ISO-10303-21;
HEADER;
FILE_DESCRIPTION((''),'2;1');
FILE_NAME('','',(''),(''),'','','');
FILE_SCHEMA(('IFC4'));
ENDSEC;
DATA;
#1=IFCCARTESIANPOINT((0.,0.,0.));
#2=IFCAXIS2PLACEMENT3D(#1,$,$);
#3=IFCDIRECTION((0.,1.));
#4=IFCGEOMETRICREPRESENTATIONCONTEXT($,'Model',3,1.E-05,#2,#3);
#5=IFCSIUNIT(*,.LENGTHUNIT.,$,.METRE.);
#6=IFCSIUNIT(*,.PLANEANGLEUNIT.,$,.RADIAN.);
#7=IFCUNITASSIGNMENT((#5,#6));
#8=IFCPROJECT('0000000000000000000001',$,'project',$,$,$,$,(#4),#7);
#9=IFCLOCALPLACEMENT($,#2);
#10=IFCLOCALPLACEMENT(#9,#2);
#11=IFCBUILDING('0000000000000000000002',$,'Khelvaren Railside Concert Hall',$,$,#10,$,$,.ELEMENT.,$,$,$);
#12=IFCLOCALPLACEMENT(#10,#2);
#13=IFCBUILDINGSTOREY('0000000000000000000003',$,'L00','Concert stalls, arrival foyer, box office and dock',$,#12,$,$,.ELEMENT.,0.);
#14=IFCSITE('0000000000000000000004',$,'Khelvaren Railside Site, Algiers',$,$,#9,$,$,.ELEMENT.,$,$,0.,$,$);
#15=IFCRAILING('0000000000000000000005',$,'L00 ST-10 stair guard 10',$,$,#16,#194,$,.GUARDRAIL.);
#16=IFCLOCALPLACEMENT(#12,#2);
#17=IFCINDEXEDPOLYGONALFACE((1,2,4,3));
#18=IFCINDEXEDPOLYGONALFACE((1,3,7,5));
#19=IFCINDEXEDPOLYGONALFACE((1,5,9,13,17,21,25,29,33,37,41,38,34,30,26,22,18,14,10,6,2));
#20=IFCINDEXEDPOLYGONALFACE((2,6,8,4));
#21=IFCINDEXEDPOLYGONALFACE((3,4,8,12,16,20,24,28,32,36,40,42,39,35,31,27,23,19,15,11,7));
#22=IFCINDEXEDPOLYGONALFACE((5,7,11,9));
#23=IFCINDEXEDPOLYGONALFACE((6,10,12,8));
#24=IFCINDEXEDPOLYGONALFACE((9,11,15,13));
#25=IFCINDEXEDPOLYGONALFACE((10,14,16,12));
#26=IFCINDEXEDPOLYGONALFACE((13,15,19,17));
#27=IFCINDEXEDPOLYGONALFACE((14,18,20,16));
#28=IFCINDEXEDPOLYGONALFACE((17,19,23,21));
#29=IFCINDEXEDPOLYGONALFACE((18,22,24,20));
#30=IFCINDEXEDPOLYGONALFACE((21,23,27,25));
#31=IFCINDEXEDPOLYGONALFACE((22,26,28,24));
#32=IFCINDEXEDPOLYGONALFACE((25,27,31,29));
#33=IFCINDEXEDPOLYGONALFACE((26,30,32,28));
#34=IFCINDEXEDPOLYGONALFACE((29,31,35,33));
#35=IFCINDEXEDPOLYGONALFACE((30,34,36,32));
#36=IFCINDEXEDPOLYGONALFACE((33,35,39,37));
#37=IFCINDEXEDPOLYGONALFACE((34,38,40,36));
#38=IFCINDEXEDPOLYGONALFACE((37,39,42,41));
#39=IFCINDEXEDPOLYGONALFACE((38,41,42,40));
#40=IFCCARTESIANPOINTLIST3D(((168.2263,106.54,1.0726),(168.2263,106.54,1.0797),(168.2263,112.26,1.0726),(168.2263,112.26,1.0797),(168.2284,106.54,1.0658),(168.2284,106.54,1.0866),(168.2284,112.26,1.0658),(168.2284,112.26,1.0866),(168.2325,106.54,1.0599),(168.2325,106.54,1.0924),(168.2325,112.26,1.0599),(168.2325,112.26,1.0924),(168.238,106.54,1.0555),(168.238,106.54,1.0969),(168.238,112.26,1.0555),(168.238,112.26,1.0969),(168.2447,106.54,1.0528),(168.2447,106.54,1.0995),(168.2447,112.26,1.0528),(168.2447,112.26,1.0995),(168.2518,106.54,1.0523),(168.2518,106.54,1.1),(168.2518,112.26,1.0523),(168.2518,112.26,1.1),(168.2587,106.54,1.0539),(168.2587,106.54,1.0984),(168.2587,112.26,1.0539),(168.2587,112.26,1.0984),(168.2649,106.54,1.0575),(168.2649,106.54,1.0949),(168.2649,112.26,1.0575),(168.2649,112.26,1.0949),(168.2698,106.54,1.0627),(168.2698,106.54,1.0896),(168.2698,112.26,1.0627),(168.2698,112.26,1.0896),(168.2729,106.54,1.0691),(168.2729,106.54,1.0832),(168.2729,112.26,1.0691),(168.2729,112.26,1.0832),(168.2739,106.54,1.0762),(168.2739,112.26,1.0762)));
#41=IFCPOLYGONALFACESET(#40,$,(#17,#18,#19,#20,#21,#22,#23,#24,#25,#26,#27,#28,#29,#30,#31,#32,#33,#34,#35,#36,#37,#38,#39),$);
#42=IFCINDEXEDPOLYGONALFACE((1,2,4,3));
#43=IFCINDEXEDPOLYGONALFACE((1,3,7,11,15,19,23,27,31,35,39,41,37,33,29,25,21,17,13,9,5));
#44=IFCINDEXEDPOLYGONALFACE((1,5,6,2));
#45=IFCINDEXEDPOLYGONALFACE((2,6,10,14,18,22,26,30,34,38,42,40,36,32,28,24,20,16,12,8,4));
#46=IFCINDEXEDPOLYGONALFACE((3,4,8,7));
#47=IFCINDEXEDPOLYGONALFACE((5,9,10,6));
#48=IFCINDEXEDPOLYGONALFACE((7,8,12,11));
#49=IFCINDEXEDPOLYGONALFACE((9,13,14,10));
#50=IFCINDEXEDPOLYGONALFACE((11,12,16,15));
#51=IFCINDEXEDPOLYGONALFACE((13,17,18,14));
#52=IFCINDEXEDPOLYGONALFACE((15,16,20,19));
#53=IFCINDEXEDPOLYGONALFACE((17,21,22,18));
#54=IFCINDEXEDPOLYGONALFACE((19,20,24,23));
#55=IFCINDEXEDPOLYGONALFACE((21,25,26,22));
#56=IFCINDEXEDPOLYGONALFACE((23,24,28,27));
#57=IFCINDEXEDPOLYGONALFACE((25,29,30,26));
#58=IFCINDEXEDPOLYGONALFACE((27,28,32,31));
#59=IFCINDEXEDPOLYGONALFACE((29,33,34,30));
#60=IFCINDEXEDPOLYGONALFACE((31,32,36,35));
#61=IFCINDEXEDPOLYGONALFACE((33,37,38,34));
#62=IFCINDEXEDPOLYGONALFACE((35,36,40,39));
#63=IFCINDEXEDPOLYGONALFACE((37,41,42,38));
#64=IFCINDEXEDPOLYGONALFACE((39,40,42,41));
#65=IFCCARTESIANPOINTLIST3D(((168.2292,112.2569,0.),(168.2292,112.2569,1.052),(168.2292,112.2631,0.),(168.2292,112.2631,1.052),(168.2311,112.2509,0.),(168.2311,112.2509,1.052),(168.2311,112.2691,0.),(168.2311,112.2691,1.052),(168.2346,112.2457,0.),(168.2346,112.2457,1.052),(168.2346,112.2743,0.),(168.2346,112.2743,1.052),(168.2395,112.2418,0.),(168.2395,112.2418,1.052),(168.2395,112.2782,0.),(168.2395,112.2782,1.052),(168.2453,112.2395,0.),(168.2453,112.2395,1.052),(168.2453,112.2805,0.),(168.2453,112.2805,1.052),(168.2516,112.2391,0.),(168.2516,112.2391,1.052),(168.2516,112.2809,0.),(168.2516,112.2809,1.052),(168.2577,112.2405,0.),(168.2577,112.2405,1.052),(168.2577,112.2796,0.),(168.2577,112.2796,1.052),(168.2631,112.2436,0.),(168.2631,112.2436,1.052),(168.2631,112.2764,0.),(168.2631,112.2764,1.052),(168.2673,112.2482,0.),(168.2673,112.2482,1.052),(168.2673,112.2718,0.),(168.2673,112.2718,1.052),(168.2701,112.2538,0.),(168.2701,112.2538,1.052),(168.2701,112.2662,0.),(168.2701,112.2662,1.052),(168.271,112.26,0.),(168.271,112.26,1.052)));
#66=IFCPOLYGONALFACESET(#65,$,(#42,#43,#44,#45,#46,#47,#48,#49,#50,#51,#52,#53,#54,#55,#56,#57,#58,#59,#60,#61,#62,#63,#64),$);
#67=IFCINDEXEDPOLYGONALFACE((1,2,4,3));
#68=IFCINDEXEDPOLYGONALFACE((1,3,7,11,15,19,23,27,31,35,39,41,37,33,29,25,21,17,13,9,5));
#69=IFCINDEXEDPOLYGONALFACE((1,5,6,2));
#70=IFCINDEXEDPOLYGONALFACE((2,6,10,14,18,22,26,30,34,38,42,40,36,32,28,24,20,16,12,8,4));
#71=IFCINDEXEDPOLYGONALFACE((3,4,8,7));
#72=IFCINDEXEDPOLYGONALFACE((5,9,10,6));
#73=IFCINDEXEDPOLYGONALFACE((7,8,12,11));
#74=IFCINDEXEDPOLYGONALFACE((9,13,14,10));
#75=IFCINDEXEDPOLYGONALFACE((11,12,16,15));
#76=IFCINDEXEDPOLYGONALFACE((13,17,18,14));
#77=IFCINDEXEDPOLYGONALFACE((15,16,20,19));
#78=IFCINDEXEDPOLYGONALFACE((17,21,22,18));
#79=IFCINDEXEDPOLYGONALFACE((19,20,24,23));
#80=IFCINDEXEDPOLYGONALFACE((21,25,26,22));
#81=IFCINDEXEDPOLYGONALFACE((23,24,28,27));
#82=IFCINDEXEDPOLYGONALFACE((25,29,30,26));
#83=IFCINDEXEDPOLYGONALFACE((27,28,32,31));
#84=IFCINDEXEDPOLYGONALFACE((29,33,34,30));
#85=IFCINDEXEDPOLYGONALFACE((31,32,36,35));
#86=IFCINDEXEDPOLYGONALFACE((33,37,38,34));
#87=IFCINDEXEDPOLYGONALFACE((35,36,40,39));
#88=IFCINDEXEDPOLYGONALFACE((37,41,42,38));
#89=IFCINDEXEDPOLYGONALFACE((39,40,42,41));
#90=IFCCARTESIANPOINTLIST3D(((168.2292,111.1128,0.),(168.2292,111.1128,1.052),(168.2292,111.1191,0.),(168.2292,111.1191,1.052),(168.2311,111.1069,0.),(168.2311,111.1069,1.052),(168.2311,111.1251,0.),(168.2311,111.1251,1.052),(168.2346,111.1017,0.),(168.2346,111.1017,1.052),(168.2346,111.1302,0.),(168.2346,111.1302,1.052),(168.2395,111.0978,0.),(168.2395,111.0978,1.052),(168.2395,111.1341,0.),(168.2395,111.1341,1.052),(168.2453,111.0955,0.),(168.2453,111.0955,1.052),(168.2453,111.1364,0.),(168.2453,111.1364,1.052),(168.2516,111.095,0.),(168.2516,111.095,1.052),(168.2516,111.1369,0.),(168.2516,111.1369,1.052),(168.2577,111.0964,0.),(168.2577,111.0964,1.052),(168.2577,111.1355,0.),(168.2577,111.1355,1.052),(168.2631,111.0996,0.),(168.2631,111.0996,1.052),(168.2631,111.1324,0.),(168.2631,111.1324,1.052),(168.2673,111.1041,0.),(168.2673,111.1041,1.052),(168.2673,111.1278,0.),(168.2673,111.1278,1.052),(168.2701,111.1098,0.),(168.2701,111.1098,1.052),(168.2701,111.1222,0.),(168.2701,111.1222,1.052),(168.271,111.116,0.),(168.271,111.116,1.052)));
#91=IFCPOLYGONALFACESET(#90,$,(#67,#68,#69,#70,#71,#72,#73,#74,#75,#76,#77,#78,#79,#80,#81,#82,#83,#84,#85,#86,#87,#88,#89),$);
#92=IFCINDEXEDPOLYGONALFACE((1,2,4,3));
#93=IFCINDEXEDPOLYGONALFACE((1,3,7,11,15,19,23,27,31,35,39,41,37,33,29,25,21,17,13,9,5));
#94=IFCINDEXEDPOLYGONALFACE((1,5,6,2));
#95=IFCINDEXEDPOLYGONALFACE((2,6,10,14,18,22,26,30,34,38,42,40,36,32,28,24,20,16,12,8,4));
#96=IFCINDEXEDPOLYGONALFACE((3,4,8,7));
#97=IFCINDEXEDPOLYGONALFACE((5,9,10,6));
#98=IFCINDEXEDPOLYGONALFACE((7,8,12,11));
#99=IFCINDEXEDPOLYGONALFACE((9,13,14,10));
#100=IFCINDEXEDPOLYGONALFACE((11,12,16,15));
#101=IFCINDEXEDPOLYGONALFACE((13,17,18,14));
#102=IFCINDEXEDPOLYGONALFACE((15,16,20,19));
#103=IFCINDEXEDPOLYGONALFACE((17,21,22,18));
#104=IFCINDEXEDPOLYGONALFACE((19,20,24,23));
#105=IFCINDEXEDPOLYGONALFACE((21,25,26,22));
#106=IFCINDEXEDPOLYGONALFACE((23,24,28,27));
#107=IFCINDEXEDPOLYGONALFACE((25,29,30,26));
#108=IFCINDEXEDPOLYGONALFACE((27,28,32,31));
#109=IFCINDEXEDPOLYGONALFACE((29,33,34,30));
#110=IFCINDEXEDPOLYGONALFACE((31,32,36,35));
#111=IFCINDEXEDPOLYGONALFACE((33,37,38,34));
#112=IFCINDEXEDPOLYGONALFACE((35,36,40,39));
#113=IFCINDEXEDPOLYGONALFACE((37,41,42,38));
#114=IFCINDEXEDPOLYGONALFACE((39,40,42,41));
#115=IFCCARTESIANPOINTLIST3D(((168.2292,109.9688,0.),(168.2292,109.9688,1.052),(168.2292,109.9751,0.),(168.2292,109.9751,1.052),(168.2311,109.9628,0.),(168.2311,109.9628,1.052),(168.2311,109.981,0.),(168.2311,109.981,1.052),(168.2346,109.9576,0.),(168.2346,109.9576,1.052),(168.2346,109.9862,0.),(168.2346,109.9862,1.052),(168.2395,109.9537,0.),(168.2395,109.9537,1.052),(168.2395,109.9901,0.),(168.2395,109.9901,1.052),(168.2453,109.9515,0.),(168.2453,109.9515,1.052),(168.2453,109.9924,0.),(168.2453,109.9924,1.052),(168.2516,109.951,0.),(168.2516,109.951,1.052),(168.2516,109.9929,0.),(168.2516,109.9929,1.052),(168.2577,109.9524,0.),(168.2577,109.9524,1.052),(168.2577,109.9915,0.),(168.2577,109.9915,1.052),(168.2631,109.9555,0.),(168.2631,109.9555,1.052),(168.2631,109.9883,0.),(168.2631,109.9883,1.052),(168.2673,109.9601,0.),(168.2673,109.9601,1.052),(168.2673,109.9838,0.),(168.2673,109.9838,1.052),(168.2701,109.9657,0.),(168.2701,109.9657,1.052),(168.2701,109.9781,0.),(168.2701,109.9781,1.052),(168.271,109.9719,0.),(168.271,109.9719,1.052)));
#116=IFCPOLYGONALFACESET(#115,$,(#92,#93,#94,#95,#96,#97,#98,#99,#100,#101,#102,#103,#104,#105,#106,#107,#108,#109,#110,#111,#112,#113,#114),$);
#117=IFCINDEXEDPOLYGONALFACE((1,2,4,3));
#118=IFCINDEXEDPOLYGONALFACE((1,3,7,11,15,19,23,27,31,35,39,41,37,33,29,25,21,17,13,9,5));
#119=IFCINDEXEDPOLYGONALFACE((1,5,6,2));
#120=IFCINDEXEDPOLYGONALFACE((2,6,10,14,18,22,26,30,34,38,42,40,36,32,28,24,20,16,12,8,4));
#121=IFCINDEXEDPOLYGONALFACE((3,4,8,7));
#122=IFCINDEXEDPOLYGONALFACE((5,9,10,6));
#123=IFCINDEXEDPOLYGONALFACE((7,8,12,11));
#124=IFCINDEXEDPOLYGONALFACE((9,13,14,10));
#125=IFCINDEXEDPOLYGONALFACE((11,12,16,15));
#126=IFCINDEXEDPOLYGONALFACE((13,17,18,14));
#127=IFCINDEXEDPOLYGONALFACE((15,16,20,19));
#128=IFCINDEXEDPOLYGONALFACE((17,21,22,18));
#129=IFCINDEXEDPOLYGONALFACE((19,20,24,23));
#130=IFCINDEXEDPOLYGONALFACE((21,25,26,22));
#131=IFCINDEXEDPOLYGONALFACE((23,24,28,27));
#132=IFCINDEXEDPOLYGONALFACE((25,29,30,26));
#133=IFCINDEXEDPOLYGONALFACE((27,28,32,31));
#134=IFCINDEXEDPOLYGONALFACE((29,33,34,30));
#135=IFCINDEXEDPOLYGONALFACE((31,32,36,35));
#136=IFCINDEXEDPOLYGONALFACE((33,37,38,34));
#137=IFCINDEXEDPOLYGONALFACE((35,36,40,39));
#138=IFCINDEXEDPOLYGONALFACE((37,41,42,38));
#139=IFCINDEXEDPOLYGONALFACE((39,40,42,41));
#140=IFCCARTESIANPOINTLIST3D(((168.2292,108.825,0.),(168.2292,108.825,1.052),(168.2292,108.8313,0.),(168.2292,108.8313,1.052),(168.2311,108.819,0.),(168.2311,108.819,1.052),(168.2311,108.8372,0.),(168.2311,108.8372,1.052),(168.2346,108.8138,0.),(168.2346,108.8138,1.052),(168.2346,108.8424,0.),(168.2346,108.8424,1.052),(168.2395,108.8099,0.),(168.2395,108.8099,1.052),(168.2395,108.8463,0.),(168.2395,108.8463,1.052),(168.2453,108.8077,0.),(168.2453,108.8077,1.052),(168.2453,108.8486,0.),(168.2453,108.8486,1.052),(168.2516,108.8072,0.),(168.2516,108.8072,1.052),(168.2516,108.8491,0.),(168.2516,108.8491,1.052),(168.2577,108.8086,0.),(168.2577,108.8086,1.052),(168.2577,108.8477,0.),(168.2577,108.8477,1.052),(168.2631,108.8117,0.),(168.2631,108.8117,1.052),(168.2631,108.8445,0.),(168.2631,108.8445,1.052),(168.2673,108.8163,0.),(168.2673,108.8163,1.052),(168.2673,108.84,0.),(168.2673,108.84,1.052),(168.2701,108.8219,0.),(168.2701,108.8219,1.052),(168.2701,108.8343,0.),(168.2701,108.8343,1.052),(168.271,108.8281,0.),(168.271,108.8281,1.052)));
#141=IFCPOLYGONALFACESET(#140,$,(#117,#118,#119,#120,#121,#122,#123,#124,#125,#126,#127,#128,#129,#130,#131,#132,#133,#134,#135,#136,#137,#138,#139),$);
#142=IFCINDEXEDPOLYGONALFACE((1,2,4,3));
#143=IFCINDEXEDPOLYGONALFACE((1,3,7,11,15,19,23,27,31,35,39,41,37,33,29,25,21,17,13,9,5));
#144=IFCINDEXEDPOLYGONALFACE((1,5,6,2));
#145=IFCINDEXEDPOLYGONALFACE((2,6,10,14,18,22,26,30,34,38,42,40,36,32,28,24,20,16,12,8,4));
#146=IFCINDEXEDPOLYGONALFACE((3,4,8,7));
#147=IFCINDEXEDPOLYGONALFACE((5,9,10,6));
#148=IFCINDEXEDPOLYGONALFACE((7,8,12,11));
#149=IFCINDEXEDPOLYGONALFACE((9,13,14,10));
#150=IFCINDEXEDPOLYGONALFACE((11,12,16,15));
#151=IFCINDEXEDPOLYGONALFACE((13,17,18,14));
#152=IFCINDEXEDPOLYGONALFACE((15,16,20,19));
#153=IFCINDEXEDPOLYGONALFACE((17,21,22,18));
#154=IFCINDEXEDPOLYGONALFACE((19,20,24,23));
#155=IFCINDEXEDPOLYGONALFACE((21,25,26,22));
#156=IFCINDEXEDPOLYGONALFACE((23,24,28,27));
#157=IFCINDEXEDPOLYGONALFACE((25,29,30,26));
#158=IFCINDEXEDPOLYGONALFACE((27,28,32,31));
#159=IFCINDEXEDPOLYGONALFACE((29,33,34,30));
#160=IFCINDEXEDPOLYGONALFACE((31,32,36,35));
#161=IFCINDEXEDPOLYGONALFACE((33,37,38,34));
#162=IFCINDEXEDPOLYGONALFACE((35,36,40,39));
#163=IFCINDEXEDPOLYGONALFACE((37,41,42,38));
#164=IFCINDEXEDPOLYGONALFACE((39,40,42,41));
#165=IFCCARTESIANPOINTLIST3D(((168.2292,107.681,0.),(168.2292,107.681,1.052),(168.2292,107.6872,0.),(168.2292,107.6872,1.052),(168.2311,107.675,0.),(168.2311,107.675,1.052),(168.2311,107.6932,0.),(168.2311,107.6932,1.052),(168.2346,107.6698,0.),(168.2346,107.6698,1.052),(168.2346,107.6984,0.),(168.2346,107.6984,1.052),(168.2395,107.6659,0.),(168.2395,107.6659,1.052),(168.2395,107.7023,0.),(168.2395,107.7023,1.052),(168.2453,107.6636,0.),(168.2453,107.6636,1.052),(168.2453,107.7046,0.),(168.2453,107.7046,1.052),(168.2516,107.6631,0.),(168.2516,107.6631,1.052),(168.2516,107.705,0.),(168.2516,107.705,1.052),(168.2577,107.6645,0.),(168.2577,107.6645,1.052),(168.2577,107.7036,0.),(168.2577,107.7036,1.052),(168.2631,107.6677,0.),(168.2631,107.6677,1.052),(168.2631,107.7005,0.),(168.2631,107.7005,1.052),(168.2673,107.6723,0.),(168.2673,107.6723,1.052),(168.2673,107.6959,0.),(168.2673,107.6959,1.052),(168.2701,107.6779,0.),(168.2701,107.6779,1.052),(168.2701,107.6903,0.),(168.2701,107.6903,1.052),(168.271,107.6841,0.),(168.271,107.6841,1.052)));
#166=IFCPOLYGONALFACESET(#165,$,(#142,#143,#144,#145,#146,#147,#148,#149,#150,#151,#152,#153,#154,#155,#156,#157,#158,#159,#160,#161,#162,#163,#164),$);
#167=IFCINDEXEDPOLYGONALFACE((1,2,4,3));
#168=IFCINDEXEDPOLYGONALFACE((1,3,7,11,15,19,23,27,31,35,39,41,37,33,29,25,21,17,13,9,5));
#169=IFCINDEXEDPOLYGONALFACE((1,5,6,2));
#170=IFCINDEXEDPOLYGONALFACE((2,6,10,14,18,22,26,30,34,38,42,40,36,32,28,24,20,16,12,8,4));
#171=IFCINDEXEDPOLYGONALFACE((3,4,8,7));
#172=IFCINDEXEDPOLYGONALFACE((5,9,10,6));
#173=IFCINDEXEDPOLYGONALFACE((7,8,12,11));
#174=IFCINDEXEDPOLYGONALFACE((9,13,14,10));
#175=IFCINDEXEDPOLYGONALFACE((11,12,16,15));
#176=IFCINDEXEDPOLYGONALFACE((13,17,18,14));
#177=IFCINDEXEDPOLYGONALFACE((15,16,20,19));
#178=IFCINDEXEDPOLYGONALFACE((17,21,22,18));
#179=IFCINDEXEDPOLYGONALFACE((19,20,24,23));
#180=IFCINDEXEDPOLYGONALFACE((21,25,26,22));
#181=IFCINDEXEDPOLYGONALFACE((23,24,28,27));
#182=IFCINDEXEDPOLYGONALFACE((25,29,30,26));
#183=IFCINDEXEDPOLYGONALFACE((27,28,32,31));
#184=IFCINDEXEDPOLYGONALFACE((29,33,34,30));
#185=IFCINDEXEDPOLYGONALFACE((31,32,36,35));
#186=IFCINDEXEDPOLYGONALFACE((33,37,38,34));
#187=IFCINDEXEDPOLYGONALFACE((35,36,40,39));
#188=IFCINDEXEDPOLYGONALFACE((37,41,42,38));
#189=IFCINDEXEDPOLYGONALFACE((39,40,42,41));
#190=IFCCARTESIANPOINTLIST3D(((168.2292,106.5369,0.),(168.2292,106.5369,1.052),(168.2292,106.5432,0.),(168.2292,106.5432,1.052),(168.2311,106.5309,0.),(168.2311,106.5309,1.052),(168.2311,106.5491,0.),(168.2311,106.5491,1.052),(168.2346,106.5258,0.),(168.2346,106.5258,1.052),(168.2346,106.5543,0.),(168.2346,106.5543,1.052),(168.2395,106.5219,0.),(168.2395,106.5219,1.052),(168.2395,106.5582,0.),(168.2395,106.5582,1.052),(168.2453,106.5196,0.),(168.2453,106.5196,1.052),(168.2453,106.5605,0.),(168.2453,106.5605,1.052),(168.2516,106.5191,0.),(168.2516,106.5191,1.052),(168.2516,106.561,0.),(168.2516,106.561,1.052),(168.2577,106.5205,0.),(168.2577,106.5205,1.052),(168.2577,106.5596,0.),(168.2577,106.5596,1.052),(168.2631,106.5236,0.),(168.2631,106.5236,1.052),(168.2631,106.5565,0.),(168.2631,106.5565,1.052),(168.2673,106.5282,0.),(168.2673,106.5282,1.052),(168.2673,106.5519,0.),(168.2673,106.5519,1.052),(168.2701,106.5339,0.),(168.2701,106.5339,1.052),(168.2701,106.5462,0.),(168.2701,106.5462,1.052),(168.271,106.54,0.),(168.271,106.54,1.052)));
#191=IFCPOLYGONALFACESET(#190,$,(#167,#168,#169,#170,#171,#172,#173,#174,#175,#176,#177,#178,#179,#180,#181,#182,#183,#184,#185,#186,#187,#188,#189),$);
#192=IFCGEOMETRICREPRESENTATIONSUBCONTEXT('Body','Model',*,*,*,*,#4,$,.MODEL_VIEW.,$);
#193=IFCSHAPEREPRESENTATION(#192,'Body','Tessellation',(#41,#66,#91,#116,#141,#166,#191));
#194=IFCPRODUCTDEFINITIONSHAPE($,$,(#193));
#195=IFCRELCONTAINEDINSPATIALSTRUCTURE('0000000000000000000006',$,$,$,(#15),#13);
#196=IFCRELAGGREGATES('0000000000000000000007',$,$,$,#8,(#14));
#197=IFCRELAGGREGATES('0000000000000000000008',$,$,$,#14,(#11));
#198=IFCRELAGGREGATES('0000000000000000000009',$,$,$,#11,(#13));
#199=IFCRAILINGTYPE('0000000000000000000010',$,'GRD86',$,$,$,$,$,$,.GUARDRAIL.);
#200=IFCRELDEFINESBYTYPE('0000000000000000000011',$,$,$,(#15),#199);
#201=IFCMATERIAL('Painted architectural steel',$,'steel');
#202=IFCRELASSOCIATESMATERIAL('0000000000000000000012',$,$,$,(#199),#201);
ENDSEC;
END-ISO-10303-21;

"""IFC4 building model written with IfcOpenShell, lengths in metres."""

from ifc_helpers import new_model, si_unit, direction, frame, origin, origin_2d, place, context, subcontext, project, spatial, circle, extrude, material, type_object, element, save


model = new_model("IFC4")

# Units and contexts
model_context = context("Model", 3, precision=1e-05, world=origin(), true_north=direction((0.0, 1.0)))
body_context = subcontext(model_context, "Body", "Model", "MODEL_VIEW")
ifc_project = project(units=[si_unit("LENGTHUNIT", "METRE"), si_unit("PLANEANGLEUNIT", "RADIAN")], contexts=[model_context])

# Site, building, storey
site_placement = place(None, origin())
site = spatial("IfcSite", under=ifc_project, at=site_placement, Name="Khelvaren Railside Site, Algiers", CompositionType="ELEMENT", RefElevation=0.0)
building_placement = place(site_placement, origin())
building = spatial("IfcBuilding", under=site, at=building_placement, Name="Khelvaren Railside Concert Hall", CompositionType="ELEMENT")
storey_placement = place(building_placement, origin())
storey = spatial("IfcBuildingStorey", under=building, at=storey_placement, Name="L00", Description="Concert stalls, arrival foyer, box office and dock", CompositionType="ELEMENT", Elevation=0.0)

# Railing
ifc_material_1 = material(Name="Painted architectural steel", Category="steel")
railing_type = type_object("IfcRailingType", Name="GRD86", PredefinedType="GUARDRAIL", material=ifc_material_1)
railing_1_placement = place(storey_placement, frame((168.25, 112.26, 0.0)))
element("IfcRailing", 1, at=railing_1_placement, inside=storey, type_object=railing_type, Name="L00 ST-10 stair guard 10", PredefinedType="GUARDRAIL", context=body_context, shape_type="SweptSolid", body=[
    extrude(circle(Radius=0.0239, at=origin_2d()), frame((0.0, 0.0, 1.0762), z_axis=(0.0, -1.0, 0.0), x_axis=(1.0, 0.0, 0.0)), (0.0, 0.0, 1.0), 5.72),
    extrude(circle(Radius=0.021, at=origin_2d()), origin(), (0.0, 0.0, 1.0), 1.052),
    extrude(circle(Radius=0.021, at=origin_2d()), frame((0.0, -1.144, 0.0)), (0.0, 0.0, 1.0), 1.052),
    extrude(circle(Radius=0.021, at=origin_2d()), frame((0.0, -2.2881, 0.0)), (0.0, 0.0, 1.0), 1.052),
    extrude(circle(Radius=0.021, at=origin_2d()), frame((0.0, -3.4319, 0.0)), (0.0, 0.0, 1.0), 1.052),
    extrude(circle(Radius=0.021, at=origin_2d()), frame((0.0, -4.5759, 0.0)), (0.0, 0.0, 1.0), 1.052),
    extrude(circle(Radius=0.021, at=origin_2d()), frame((0.0, -5.72, 0.0)), (0.0, 0.0, 1.0), 1.052),
])

save(model, "model.ifc")
